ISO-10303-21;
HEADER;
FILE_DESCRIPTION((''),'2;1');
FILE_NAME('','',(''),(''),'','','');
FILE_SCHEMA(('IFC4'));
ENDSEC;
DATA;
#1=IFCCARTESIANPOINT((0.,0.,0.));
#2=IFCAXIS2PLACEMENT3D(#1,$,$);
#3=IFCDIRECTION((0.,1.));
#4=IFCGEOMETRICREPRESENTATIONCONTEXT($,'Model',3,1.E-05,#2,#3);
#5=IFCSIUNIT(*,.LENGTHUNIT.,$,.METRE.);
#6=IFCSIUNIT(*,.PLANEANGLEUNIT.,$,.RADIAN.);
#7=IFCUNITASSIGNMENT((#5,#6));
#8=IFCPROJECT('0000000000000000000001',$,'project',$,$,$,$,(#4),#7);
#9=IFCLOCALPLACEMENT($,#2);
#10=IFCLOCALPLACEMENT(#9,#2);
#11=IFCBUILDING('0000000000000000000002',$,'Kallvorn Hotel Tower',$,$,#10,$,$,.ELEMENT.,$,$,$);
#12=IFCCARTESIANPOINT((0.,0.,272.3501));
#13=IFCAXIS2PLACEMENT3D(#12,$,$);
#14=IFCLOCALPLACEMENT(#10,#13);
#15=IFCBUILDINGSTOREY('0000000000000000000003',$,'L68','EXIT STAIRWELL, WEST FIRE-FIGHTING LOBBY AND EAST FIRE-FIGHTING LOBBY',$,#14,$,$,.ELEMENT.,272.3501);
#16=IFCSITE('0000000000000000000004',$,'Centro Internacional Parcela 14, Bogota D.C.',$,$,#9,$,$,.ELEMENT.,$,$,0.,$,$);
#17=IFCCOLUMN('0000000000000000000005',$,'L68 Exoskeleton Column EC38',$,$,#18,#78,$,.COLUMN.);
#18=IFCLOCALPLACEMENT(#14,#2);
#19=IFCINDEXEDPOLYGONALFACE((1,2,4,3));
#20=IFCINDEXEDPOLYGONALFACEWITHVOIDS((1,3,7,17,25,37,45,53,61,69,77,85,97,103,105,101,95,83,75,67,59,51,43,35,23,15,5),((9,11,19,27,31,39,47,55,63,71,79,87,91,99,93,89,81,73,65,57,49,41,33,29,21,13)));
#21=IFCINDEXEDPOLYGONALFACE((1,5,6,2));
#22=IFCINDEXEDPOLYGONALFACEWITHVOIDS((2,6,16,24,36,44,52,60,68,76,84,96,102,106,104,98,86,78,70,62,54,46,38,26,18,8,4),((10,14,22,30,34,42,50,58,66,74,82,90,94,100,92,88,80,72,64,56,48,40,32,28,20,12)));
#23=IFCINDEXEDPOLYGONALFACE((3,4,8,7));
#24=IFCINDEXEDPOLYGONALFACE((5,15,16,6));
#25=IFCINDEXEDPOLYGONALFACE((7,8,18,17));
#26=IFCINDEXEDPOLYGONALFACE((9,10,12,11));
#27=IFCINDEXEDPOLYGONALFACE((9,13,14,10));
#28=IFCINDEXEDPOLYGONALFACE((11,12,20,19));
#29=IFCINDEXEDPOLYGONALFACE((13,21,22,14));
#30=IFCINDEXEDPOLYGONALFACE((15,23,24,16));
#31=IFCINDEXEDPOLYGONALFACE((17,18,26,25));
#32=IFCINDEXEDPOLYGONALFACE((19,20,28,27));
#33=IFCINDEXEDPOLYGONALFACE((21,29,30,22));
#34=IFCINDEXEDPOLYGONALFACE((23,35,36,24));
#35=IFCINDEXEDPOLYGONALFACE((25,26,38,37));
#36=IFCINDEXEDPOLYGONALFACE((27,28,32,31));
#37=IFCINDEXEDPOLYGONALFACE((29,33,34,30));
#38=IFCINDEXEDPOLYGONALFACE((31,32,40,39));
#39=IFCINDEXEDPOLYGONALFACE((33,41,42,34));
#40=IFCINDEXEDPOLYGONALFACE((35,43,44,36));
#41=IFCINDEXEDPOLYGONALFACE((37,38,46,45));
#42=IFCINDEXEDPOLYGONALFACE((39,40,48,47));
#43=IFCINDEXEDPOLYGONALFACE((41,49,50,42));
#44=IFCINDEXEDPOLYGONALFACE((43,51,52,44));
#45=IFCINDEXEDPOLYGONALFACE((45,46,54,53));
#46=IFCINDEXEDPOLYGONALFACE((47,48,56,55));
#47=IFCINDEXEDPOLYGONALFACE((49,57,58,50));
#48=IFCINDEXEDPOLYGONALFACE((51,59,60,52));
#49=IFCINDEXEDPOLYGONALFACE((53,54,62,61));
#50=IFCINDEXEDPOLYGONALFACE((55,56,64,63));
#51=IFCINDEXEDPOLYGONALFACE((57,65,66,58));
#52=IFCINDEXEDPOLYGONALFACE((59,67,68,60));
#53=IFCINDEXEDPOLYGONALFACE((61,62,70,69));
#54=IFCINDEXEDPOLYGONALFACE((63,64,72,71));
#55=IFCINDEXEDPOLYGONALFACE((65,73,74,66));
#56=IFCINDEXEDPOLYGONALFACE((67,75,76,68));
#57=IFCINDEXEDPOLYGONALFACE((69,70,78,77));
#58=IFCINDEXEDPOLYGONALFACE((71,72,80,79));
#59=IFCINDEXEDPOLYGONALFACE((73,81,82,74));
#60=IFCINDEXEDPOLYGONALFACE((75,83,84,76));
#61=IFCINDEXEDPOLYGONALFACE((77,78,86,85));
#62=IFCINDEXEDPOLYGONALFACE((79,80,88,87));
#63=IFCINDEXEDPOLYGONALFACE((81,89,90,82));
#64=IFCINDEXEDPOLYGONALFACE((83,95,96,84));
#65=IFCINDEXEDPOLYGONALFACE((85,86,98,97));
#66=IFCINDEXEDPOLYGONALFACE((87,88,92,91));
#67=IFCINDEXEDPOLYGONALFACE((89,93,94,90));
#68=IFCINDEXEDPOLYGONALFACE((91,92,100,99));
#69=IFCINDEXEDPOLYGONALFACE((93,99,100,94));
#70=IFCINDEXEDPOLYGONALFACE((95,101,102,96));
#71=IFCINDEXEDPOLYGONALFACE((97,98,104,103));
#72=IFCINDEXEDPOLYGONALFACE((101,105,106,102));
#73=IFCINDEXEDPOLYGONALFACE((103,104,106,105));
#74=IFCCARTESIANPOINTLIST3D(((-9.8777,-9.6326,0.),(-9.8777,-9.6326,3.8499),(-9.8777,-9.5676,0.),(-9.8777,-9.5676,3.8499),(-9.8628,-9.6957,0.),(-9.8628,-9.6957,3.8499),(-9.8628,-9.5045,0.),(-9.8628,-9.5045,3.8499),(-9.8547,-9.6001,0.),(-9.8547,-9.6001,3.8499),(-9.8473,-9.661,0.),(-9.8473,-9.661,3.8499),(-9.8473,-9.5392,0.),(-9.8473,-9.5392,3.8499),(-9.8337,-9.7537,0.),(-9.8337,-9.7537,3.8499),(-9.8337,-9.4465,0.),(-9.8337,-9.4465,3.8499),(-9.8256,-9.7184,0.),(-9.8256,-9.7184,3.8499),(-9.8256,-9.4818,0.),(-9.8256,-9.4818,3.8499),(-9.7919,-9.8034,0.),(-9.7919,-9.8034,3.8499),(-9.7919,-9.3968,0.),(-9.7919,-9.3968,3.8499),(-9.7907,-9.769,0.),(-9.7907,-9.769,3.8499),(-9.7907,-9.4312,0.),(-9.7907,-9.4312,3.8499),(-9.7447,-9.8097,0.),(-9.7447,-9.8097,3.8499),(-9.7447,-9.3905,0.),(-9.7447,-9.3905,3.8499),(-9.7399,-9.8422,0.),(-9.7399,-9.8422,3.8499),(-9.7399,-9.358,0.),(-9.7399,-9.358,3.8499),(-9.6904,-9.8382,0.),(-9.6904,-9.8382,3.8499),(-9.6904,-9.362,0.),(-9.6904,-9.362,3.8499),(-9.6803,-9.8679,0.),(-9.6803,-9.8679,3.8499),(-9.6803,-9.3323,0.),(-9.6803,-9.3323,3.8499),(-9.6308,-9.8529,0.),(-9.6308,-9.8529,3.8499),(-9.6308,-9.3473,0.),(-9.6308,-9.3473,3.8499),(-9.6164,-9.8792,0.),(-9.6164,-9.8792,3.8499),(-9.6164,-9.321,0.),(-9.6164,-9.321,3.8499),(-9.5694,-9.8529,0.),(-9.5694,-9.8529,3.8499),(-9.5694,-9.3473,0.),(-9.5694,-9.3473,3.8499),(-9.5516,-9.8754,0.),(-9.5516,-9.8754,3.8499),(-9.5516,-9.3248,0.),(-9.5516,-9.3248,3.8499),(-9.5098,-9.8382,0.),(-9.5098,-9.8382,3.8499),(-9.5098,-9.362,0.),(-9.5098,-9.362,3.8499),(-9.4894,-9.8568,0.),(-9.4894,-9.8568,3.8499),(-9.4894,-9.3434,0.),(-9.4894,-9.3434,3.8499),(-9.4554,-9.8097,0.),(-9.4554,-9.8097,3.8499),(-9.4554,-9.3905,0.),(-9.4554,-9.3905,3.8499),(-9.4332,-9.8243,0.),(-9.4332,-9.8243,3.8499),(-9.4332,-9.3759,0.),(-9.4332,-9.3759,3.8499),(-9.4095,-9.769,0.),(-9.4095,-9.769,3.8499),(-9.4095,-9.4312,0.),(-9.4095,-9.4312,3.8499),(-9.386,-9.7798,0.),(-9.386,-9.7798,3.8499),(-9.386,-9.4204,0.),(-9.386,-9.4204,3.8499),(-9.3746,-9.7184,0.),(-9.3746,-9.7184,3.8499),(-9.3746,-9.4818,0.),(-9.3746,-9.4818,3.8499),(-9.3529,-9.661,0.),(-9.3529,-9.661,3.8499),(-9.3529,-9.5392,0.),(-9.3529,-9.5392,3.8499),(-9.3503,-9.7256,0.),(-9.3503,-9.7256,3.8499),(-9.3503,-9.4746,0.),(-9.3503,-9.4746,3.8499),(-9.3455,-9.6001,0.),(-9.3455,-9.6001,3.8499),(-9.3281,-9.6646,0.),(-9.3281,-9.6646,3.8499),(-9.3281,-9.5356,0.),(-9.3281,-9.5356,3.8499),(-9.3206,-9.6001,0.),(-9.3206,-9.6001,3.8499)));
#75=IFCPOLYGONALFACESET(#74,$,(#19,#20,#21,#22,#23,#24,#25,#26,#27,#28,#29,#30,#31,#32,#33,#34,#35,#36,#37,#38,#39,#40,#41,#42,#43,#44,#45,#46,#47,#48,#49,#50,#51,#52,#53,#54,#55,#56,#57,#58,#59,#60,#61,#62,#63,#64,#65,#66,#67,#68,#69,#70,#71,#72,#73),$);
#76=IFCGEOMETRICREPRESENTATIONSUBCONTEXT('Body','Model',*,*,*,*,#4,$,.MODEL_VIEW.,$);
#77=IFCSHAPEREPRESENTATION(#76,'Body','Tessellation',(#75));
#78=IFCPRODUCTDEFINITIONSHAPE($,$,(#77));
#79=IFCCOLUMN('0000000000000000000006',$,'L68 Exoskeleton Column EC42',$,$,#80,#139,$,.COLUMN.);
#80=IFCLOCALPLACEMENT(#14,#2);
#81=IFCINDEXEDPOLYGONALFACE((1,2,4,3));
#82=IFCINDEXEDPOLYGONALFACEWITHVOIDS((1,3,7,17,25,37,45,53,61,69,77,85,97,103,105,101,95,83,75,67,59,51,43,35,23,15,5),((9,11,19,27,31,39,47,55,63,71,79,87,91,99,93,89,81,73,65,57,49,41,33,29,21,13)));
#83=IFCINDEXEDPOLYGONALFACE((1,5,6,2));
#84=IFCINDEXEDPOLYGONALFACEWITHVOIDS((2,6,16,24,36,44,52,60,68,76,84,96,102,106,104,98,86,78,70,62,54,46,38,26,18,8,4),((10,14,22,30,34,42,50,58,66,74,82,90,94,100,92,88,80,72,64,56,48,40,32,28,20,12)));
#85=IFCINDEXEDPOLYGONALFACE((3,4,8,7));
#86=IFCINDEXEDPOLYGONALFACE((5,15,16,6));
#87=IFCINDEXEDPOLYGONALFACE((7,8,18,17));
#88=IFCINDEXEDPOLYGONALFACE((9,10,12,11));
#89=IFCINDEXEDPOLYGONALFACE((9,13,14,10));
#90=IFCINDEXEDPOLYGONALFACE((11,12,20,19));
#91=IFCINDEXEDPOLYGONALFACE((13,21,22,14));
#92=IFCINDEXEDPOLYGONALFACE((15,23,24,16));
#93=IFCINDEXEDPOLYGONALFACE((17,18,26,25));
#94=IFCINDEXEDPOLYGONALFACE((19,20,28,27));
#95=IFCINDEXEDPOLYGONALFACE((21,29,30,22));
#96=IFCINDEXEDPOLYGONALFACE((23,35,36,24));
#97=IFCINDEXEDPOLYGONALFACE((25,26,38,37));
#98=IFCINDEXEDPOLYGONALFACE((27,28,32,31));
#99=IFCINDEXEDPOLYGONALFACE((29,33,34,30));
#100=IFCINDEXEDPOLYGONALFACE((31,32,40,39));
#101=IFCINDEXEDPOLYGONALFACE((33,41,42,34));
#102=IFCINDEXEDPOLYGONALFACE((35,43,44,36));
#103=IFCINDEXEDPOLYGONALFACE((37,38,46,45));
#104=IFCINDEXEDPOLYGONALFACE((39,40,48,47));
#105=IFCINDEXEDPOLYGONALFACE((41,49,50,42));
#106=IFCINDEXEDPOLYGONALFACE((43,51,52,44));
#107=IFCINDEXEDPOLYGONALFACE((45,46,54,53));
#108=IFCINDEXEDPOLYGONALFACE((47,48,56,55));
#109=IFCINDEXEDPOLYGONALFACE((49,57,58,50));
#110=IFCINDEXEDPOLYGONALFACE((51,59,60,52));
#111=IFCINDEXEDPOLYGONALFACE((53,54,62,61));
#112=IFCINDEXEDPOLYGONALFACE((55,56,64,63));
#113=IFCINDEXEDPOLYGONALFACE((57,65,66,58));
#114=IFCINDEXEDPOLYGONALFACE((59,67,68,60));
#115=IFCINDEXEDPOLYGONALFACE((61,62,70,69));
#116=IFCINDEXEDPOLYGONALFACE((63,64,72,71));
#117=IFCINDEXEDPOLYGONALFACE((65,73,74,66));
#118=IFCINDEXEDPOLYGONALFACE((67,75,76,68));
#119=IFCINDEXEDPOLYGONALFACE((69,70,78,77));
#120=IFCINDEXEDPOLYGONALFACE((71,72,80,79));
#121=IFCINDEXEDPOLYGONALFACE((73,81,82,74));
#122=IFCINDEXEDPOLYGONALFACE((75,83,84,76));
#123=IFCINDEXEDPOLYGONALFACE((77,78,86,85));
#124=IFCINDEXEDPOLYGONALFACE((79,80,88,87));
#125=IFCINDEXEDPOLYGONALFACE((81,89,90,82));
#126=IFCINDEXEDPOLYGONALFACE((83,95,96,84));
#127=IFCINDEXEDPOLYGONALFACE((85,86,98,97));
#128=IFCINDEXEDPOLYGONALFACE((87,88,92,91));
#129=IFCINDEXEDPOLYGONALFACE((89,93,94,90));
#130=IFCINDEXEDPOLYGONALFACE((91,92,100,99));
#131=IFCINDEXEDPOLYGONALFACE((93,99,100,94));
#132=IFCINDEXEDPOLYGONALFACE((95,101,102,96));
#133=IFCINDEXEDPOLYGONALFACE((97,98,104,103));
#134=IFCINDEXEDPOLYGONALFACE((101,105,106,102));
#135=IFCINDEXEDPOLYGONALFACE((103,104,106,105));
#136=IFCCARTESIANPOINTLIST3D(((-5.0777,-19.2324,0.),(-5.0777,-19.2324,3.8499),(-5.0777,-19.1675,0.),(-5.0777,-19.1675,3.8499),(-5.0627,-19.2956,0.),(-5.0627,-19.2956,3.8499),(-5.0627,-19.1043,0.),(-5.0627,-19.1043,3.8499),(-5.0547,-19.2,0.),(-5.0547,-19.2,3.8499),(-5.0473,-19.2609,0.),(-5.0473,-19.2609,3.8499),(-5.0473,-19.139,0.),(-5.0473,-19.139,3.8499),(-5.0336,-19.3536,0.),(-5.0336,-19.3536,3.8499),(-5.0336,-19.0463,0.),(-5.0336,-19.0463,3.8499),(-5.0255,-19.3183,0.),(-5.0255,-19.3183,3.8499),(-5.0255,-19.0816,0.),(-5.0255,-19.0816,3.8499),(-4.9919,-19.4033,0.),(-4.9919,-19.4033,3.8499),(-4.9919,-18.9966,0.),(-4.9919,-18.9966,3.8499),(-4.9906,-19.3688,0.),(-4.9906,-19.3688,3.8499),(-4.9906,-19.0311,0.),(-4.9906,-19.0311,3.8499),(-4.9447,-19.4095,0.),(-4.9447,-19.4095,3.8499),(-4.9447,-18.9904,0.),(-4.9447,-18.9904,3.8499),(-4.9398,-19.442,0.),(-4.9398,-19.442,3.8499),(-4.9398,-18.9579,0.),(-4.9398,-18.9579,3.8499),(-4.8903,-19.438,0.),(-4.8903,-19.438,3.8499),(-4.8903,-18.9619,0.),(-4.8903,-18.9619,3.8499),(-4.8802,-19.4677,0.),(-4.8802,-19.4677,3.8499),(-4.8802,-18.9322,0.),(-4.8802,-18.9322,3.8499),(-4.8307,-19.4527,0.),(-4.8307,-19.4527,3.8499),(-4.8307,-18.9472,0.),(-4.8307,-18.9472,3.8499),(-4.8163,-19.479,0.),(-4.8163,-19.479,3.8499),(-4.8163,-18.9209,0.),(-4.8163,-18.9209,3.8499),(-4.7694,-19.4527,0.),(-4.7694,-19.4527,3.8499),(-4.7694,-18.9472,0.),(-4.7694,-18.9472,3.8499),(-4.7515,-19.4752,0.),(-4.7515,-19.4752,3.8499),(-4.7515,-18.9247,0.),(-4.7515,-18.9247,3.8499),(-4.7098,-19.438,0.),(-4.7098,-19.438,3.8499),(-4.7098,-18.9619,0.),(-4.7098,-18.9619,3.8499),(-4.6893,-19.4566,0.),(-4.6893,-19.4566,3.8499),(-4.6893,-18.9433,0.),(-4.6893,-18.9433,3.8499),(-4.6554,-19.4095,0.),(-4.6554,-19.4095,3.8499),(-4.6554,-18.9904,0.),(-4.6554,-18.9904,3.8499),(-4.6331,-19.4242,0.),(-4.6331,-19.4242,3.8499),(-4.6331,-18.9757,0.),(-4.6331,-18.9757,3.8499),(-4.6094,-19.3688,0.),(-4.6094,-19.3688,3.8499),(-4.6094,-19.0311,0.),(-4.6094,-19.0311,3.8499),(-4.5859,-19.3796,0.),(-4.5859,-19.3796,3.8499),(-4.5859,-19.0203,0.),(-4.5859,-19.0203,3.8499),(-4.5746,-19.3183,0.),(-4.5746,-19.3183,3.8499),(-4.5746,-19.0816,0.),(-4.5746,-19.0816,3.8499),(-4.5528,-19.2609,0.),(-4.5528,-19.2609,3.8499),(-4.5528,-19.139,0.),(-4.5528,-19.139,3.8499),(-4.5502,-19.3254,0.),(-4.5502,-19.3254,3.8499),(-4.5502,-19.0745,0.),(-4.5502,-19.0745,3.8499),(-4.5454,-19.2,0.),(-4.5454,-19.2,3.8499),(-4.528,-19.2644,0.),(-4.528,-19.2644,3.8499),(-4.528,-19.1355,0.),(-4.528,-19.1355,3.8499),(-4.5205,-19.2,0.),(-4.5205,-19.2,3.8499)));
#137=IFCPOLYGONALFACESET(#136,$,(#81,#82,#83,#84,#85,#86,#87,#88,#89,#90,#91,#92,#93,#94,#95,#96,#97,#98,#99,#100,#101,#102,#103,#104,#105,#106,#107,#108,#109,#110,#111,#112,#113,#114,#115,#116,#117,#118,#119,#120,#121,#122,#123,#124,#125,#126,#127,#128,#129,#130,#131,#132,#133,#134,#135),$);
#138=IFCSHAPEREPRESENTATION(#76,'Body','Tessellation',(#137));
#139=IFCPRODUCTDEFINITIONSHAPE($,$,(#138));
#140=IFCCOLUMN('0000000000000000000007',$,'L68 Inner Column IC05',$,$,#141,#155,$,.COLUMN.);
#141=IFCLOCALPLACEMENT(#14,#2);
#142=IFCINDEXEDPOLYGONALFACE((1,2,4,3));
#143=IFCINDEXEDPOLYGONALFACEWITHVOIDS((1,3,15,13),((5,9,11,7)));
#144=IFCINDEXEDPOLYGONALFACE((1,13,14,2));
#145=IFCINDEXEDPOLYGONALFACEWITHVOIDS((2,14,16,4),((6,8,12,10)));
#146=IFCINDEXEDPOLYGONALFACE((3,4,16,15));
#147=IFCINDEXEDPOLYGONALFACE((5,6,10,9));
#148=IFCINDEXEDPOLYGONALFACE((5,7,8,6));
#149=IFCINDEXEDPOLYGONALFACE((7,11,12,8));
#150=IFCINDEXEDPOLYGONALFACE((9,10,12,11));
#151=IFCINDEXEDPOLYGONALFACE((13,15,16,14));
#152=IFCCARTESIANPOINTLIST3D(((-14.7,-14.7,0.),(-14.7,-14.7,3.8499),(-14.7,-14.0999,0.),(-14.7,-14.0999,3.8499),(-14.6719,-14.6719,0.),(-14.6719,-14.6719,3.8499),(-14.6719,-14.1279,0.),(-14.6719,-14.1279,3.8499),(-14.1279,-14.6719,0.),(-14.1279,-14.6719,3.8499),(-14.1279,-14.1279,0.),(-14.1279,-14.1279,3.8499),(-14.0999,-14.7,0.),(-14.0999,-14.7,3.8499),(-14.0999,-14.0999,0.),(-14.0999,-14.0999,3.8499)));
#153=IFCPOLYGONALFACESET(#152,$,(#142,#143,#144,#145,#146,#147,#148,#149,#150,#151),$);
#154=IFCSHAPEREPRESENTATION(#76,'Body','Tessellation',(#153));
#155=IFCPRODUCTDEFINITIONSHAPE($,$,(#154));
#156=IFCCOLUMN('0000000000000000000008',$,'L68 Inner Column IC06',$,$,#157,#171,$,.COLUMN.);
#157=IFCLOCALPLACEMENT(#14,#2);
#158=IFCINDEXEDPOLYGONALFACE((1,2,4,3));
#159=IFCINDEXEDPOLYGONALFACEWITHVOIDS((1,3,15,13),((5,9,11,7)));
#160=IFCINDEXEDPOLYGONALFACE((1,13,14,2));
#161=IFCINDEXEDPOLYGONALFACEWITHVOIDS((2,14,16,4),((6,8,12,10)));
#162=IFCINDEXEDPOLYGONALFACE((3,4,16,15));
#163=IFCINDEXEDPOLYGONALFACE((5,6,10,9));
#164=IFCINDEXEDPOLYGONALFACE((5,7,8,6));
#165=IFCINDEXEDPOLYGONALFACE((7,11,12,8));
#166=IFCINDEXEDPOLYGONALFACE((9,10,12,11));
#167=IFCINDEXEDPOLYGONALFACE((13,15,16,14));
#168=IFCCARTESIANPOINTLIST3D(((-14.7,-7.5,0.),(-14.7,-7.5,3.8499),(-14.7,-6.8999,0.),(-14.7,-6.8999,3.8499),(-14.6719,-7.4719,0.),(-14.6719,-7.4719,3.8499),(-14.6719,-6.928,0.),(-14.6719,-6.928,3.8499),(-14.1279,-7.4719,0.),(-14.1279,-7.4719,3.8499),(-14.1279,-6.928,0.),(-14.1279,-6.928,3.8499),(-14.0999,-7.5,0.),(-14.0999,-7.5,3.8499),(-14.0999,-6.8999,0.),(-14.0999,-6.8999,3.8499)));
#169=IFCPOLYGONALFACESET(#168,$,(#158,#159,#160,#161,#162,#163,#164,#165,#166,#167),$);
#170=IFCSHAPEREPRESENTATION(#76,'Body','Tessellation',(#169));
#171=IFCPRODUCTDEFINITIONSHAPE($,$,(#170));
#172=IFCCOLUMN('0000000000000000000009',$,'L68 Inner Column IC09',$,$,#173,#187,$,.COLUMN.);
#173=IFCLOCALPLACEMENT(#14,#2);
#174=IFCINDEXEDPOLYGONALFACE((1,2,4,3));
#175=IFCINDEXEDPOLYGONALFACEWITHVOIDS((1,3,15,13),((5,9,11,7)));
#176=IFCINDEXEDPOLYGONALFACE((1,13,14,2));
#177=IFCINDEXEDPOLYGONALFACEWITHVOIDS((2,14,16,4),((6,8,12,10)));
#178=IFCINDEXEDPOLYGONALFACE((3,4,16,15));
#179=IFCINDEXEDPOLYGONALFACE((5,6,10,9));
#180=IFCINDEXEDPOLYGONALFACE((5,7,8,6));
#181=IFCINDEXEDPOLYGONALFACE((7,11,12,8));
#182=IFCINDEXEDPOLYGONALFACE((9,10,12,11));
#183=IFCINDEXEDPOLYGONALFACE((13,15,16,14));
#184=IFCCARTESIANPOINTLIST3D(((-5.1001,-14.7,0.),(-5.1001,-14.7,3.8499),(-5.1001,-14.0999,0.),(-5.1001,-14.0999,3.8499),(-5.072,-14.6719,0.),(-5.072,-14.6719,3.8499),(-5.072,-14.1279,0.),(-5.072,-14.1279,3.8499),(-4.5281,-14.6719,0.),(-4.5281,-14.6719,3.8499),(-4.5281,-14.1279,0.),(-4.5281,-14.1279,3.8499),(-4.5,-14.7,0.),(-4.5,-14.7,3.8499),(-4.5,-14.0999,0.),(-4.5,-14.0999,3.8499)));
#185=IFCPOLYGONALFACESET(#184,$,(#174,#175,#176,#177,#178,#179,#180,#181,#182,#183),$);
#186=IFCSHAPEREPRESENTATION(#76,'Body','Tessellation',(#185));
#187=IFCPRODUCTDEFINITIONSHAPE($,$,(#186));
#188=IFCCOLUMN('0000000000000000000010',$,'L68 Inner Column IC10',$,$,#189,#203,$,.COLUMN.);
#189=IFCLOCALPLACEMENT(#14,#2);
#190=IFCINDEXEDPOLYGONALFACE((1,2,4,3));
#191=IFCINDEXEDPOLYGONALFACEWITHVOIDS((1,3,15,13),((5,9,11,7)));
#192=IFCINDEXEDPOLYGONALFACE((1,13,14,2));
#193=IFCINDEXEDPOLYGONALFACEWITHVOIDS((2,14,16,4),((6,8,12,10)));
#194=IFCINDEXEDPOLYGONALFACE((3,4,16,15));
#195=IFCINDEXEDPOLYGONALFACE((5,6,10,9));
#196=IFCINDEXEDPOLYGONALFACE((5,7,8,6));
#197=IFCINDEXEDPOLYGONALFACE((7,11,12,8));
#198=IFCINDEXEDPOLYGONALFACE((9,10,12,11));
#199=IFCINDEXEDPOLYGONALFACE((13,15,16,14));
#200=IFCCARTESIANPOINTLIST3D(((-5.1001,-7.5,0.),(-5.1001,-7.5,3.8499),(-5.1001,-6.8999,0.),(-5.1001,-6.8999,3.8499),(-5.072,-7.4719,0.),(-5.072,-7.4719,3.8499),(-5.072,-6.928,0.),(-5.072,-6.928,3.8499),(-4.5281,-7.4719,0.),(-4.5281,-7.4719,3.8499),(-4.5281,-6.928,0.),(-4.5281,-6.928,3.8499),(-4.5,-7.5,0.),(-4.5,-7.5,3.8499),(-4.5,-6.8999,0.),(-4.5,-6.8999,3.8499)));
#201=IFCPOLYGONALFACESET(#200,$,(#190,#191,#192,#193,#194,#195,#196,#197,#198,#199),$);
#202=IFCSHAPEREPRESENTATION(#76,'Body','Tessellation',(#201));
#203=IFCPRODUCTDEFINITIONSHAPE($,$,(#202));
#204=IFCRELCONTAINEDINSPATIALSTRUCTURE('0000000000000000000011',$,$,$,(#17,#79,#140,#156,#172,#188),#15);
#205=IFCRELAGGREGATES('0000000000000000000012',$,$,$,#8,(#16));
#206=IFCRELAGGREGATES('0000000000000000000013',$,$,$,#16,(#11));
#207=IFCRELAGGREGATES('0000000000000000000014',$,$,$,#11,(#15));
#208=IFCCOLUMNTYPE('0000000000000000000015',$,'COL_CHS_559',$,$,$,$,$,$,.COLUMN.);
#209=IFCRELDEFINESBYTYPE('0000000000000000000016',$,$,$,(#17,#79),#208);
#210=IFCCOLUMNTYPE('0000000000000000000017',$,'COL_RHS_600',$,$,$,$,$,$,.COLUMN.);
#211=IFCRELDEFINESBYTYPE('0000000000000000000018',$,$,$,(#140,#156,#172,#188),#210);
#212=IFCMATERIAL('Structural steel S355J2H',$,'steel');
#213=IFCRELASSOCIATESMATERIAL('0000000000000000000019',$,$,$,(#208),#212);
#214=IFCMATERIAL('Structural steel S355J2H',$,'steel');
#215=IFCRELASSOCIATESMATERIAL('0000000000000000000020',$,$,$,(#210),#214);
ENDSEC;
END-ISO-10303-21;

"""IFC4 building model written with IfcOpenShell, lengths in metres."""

from ifc_helpers import new_model, si_unit, direction, frame, origin, origin_2d, place, context, subcontext, project, spatial, hollow_rectangle, hollow_circle, extrude, material, material_profile, profile_set, type_object, element, save


model = new_model("IFC4")

# Units and contexts
model_context = context("Model", 3, precision=1e-05, world=origin(), true_north=direction((0.0, 1.0)))
body_context = subcontext(model_context, "Body", "Model", "MODEL_VIEW")
ifc_project = project(units=[si_unit("LENGTHUNIT", "METRE"), si_unit("PLANEANGLEUNIT", "RADIAN")], contexts=[model_context])

# Site, building, storey
site_placement = place(None, origin())
site = spatial("IfcSite", under=ifc_project, at=site_placement, Name="Centro Internacional Parcela 14, Bogota D.C.", CompositionType="ELEMENT", RefElevation=0.0)
building_placement = place(site_placement, origin())
building = spatial("IfcBuilding", under=site, at=building_placement, Name="Kallvorn Hotel Tower", CompositionType="ELEMENT")
storey_placement = place(building_placement, frame((0.0, 0.0, 272.3501)))
storey = spatial("IfcBuildingStorey", under=building, at=storey_placement, Name="L68", Description="EXIT STAIRWELL, WEST FIRE-FIGHTING LOBBY AND EAST FIRE-FIGHTING LOBBY", CompositionType="ELEMENT", Elevation=272.3501)

# Columns
ifc_material_1 = material(Name="Structural steel S355J2H", Category="steel")
ifc_material_profile_1 = material_profile(ifc_material_1, hollow_circle(Radius=0.2795, WallThickness=0.0249, at=origin_2d()), Name="CHS 559x25")
ifc_profile_set_1 = profile_set([ifc_material_profile_1], Name="Structural steel S355J2H")
column_type_1 = type_object("IfcColumnType", Name="COL_CHS_559", PredefinedType="COLUMN", material=ifc_profile_set_1)
for number, where, z_axis, x_axis, name in (
    (1, (-9.6001, -9.6001, 0.0), (0.0, 0.0, 1.0), (1.0, 0.0, 0.0), "L68 Exoskeleton Column EC38"),
    (2, (-4.8, -19.2, 0.0), (0.0, 0.0, 1.0), (1.0, 0.0, 0.0), "L68 Exoskeleton Column EC42"),
):
    element("IfcColumn", number, at=place(storey_placement, frame(where, z_axis=z_axis, x_axis=x_axis)), inside=storey, type_object=column_type_1, Name=name, PredefinedType="COLUMN", context=body_context, shape_type="SweptSolid", body=[
        extrude(hollow_circle(Radius=0.2795, WallThickness=0.0249, at=origin_2d()), origin(), (0.0, 0.0, 1.0), 3.8499),
    ])
ifc_material_2 = material(Name="Structural steel S355J2H", Category="steel")
ifc_material_profile_2 = material_profile(ifc_material_2, hollow_rectangle(XDim=0.6001, YDim=0.6001, WallThickness=0.0281, at=origin_2d()), Name="RHS 600x600x28")
ifc_profile_set_2 = profile_set([ifc_material_profile_2], Name="Structural steel S355J2H")
column_type_2 = type_object("IfcColumnType", Name="COL_RHS_600", PredefinedType="COLUMN", material=ifc_profile_set_2)
for number, where, z_axis, x_axis, name in (
    (3, (-14.3999, -14.3999, 0.0), (0.0, 0.0, 1.0), (1.0, 0.0, 0.0), "L68 Inner Column IC05"),
    (4, (-14.3999, -7.2, 0.0), (0.0, 0.0, 1.0), (1.0, 0.0, 0.0), "L68 Inner Column IC06"),
    (5, (-4.8, -14.3999, 0.0), (0.0, 0.0, 1.0), (1.0, 0.0, 0.0), "L68 Inner Column IC09"),
    (6, (-4.8, -7.2, 0.0), (0.0, 0.0, 1.0), (1.0, 0.0, 0.0), "L68 Inner Column IC10"),
):
    element("IfcColumn", number, at=place(storey_placement, frame(where, z_axis=z_axis, x_axis=x_axis)), inside=storey, type_object=column_type_2, Name=name, PredefinedType="COLUMN", context=body_context, shape_type="SweptSolid", body=[
        extrude(hollow_rectangle(XDim=0.6001, YDim=0.6001, WallThickness=0.0281, at=origin_2d()), origin(), (0.0, 0.0, 1.0), 3.8499),
    ])

save(model, "model.ifc")
